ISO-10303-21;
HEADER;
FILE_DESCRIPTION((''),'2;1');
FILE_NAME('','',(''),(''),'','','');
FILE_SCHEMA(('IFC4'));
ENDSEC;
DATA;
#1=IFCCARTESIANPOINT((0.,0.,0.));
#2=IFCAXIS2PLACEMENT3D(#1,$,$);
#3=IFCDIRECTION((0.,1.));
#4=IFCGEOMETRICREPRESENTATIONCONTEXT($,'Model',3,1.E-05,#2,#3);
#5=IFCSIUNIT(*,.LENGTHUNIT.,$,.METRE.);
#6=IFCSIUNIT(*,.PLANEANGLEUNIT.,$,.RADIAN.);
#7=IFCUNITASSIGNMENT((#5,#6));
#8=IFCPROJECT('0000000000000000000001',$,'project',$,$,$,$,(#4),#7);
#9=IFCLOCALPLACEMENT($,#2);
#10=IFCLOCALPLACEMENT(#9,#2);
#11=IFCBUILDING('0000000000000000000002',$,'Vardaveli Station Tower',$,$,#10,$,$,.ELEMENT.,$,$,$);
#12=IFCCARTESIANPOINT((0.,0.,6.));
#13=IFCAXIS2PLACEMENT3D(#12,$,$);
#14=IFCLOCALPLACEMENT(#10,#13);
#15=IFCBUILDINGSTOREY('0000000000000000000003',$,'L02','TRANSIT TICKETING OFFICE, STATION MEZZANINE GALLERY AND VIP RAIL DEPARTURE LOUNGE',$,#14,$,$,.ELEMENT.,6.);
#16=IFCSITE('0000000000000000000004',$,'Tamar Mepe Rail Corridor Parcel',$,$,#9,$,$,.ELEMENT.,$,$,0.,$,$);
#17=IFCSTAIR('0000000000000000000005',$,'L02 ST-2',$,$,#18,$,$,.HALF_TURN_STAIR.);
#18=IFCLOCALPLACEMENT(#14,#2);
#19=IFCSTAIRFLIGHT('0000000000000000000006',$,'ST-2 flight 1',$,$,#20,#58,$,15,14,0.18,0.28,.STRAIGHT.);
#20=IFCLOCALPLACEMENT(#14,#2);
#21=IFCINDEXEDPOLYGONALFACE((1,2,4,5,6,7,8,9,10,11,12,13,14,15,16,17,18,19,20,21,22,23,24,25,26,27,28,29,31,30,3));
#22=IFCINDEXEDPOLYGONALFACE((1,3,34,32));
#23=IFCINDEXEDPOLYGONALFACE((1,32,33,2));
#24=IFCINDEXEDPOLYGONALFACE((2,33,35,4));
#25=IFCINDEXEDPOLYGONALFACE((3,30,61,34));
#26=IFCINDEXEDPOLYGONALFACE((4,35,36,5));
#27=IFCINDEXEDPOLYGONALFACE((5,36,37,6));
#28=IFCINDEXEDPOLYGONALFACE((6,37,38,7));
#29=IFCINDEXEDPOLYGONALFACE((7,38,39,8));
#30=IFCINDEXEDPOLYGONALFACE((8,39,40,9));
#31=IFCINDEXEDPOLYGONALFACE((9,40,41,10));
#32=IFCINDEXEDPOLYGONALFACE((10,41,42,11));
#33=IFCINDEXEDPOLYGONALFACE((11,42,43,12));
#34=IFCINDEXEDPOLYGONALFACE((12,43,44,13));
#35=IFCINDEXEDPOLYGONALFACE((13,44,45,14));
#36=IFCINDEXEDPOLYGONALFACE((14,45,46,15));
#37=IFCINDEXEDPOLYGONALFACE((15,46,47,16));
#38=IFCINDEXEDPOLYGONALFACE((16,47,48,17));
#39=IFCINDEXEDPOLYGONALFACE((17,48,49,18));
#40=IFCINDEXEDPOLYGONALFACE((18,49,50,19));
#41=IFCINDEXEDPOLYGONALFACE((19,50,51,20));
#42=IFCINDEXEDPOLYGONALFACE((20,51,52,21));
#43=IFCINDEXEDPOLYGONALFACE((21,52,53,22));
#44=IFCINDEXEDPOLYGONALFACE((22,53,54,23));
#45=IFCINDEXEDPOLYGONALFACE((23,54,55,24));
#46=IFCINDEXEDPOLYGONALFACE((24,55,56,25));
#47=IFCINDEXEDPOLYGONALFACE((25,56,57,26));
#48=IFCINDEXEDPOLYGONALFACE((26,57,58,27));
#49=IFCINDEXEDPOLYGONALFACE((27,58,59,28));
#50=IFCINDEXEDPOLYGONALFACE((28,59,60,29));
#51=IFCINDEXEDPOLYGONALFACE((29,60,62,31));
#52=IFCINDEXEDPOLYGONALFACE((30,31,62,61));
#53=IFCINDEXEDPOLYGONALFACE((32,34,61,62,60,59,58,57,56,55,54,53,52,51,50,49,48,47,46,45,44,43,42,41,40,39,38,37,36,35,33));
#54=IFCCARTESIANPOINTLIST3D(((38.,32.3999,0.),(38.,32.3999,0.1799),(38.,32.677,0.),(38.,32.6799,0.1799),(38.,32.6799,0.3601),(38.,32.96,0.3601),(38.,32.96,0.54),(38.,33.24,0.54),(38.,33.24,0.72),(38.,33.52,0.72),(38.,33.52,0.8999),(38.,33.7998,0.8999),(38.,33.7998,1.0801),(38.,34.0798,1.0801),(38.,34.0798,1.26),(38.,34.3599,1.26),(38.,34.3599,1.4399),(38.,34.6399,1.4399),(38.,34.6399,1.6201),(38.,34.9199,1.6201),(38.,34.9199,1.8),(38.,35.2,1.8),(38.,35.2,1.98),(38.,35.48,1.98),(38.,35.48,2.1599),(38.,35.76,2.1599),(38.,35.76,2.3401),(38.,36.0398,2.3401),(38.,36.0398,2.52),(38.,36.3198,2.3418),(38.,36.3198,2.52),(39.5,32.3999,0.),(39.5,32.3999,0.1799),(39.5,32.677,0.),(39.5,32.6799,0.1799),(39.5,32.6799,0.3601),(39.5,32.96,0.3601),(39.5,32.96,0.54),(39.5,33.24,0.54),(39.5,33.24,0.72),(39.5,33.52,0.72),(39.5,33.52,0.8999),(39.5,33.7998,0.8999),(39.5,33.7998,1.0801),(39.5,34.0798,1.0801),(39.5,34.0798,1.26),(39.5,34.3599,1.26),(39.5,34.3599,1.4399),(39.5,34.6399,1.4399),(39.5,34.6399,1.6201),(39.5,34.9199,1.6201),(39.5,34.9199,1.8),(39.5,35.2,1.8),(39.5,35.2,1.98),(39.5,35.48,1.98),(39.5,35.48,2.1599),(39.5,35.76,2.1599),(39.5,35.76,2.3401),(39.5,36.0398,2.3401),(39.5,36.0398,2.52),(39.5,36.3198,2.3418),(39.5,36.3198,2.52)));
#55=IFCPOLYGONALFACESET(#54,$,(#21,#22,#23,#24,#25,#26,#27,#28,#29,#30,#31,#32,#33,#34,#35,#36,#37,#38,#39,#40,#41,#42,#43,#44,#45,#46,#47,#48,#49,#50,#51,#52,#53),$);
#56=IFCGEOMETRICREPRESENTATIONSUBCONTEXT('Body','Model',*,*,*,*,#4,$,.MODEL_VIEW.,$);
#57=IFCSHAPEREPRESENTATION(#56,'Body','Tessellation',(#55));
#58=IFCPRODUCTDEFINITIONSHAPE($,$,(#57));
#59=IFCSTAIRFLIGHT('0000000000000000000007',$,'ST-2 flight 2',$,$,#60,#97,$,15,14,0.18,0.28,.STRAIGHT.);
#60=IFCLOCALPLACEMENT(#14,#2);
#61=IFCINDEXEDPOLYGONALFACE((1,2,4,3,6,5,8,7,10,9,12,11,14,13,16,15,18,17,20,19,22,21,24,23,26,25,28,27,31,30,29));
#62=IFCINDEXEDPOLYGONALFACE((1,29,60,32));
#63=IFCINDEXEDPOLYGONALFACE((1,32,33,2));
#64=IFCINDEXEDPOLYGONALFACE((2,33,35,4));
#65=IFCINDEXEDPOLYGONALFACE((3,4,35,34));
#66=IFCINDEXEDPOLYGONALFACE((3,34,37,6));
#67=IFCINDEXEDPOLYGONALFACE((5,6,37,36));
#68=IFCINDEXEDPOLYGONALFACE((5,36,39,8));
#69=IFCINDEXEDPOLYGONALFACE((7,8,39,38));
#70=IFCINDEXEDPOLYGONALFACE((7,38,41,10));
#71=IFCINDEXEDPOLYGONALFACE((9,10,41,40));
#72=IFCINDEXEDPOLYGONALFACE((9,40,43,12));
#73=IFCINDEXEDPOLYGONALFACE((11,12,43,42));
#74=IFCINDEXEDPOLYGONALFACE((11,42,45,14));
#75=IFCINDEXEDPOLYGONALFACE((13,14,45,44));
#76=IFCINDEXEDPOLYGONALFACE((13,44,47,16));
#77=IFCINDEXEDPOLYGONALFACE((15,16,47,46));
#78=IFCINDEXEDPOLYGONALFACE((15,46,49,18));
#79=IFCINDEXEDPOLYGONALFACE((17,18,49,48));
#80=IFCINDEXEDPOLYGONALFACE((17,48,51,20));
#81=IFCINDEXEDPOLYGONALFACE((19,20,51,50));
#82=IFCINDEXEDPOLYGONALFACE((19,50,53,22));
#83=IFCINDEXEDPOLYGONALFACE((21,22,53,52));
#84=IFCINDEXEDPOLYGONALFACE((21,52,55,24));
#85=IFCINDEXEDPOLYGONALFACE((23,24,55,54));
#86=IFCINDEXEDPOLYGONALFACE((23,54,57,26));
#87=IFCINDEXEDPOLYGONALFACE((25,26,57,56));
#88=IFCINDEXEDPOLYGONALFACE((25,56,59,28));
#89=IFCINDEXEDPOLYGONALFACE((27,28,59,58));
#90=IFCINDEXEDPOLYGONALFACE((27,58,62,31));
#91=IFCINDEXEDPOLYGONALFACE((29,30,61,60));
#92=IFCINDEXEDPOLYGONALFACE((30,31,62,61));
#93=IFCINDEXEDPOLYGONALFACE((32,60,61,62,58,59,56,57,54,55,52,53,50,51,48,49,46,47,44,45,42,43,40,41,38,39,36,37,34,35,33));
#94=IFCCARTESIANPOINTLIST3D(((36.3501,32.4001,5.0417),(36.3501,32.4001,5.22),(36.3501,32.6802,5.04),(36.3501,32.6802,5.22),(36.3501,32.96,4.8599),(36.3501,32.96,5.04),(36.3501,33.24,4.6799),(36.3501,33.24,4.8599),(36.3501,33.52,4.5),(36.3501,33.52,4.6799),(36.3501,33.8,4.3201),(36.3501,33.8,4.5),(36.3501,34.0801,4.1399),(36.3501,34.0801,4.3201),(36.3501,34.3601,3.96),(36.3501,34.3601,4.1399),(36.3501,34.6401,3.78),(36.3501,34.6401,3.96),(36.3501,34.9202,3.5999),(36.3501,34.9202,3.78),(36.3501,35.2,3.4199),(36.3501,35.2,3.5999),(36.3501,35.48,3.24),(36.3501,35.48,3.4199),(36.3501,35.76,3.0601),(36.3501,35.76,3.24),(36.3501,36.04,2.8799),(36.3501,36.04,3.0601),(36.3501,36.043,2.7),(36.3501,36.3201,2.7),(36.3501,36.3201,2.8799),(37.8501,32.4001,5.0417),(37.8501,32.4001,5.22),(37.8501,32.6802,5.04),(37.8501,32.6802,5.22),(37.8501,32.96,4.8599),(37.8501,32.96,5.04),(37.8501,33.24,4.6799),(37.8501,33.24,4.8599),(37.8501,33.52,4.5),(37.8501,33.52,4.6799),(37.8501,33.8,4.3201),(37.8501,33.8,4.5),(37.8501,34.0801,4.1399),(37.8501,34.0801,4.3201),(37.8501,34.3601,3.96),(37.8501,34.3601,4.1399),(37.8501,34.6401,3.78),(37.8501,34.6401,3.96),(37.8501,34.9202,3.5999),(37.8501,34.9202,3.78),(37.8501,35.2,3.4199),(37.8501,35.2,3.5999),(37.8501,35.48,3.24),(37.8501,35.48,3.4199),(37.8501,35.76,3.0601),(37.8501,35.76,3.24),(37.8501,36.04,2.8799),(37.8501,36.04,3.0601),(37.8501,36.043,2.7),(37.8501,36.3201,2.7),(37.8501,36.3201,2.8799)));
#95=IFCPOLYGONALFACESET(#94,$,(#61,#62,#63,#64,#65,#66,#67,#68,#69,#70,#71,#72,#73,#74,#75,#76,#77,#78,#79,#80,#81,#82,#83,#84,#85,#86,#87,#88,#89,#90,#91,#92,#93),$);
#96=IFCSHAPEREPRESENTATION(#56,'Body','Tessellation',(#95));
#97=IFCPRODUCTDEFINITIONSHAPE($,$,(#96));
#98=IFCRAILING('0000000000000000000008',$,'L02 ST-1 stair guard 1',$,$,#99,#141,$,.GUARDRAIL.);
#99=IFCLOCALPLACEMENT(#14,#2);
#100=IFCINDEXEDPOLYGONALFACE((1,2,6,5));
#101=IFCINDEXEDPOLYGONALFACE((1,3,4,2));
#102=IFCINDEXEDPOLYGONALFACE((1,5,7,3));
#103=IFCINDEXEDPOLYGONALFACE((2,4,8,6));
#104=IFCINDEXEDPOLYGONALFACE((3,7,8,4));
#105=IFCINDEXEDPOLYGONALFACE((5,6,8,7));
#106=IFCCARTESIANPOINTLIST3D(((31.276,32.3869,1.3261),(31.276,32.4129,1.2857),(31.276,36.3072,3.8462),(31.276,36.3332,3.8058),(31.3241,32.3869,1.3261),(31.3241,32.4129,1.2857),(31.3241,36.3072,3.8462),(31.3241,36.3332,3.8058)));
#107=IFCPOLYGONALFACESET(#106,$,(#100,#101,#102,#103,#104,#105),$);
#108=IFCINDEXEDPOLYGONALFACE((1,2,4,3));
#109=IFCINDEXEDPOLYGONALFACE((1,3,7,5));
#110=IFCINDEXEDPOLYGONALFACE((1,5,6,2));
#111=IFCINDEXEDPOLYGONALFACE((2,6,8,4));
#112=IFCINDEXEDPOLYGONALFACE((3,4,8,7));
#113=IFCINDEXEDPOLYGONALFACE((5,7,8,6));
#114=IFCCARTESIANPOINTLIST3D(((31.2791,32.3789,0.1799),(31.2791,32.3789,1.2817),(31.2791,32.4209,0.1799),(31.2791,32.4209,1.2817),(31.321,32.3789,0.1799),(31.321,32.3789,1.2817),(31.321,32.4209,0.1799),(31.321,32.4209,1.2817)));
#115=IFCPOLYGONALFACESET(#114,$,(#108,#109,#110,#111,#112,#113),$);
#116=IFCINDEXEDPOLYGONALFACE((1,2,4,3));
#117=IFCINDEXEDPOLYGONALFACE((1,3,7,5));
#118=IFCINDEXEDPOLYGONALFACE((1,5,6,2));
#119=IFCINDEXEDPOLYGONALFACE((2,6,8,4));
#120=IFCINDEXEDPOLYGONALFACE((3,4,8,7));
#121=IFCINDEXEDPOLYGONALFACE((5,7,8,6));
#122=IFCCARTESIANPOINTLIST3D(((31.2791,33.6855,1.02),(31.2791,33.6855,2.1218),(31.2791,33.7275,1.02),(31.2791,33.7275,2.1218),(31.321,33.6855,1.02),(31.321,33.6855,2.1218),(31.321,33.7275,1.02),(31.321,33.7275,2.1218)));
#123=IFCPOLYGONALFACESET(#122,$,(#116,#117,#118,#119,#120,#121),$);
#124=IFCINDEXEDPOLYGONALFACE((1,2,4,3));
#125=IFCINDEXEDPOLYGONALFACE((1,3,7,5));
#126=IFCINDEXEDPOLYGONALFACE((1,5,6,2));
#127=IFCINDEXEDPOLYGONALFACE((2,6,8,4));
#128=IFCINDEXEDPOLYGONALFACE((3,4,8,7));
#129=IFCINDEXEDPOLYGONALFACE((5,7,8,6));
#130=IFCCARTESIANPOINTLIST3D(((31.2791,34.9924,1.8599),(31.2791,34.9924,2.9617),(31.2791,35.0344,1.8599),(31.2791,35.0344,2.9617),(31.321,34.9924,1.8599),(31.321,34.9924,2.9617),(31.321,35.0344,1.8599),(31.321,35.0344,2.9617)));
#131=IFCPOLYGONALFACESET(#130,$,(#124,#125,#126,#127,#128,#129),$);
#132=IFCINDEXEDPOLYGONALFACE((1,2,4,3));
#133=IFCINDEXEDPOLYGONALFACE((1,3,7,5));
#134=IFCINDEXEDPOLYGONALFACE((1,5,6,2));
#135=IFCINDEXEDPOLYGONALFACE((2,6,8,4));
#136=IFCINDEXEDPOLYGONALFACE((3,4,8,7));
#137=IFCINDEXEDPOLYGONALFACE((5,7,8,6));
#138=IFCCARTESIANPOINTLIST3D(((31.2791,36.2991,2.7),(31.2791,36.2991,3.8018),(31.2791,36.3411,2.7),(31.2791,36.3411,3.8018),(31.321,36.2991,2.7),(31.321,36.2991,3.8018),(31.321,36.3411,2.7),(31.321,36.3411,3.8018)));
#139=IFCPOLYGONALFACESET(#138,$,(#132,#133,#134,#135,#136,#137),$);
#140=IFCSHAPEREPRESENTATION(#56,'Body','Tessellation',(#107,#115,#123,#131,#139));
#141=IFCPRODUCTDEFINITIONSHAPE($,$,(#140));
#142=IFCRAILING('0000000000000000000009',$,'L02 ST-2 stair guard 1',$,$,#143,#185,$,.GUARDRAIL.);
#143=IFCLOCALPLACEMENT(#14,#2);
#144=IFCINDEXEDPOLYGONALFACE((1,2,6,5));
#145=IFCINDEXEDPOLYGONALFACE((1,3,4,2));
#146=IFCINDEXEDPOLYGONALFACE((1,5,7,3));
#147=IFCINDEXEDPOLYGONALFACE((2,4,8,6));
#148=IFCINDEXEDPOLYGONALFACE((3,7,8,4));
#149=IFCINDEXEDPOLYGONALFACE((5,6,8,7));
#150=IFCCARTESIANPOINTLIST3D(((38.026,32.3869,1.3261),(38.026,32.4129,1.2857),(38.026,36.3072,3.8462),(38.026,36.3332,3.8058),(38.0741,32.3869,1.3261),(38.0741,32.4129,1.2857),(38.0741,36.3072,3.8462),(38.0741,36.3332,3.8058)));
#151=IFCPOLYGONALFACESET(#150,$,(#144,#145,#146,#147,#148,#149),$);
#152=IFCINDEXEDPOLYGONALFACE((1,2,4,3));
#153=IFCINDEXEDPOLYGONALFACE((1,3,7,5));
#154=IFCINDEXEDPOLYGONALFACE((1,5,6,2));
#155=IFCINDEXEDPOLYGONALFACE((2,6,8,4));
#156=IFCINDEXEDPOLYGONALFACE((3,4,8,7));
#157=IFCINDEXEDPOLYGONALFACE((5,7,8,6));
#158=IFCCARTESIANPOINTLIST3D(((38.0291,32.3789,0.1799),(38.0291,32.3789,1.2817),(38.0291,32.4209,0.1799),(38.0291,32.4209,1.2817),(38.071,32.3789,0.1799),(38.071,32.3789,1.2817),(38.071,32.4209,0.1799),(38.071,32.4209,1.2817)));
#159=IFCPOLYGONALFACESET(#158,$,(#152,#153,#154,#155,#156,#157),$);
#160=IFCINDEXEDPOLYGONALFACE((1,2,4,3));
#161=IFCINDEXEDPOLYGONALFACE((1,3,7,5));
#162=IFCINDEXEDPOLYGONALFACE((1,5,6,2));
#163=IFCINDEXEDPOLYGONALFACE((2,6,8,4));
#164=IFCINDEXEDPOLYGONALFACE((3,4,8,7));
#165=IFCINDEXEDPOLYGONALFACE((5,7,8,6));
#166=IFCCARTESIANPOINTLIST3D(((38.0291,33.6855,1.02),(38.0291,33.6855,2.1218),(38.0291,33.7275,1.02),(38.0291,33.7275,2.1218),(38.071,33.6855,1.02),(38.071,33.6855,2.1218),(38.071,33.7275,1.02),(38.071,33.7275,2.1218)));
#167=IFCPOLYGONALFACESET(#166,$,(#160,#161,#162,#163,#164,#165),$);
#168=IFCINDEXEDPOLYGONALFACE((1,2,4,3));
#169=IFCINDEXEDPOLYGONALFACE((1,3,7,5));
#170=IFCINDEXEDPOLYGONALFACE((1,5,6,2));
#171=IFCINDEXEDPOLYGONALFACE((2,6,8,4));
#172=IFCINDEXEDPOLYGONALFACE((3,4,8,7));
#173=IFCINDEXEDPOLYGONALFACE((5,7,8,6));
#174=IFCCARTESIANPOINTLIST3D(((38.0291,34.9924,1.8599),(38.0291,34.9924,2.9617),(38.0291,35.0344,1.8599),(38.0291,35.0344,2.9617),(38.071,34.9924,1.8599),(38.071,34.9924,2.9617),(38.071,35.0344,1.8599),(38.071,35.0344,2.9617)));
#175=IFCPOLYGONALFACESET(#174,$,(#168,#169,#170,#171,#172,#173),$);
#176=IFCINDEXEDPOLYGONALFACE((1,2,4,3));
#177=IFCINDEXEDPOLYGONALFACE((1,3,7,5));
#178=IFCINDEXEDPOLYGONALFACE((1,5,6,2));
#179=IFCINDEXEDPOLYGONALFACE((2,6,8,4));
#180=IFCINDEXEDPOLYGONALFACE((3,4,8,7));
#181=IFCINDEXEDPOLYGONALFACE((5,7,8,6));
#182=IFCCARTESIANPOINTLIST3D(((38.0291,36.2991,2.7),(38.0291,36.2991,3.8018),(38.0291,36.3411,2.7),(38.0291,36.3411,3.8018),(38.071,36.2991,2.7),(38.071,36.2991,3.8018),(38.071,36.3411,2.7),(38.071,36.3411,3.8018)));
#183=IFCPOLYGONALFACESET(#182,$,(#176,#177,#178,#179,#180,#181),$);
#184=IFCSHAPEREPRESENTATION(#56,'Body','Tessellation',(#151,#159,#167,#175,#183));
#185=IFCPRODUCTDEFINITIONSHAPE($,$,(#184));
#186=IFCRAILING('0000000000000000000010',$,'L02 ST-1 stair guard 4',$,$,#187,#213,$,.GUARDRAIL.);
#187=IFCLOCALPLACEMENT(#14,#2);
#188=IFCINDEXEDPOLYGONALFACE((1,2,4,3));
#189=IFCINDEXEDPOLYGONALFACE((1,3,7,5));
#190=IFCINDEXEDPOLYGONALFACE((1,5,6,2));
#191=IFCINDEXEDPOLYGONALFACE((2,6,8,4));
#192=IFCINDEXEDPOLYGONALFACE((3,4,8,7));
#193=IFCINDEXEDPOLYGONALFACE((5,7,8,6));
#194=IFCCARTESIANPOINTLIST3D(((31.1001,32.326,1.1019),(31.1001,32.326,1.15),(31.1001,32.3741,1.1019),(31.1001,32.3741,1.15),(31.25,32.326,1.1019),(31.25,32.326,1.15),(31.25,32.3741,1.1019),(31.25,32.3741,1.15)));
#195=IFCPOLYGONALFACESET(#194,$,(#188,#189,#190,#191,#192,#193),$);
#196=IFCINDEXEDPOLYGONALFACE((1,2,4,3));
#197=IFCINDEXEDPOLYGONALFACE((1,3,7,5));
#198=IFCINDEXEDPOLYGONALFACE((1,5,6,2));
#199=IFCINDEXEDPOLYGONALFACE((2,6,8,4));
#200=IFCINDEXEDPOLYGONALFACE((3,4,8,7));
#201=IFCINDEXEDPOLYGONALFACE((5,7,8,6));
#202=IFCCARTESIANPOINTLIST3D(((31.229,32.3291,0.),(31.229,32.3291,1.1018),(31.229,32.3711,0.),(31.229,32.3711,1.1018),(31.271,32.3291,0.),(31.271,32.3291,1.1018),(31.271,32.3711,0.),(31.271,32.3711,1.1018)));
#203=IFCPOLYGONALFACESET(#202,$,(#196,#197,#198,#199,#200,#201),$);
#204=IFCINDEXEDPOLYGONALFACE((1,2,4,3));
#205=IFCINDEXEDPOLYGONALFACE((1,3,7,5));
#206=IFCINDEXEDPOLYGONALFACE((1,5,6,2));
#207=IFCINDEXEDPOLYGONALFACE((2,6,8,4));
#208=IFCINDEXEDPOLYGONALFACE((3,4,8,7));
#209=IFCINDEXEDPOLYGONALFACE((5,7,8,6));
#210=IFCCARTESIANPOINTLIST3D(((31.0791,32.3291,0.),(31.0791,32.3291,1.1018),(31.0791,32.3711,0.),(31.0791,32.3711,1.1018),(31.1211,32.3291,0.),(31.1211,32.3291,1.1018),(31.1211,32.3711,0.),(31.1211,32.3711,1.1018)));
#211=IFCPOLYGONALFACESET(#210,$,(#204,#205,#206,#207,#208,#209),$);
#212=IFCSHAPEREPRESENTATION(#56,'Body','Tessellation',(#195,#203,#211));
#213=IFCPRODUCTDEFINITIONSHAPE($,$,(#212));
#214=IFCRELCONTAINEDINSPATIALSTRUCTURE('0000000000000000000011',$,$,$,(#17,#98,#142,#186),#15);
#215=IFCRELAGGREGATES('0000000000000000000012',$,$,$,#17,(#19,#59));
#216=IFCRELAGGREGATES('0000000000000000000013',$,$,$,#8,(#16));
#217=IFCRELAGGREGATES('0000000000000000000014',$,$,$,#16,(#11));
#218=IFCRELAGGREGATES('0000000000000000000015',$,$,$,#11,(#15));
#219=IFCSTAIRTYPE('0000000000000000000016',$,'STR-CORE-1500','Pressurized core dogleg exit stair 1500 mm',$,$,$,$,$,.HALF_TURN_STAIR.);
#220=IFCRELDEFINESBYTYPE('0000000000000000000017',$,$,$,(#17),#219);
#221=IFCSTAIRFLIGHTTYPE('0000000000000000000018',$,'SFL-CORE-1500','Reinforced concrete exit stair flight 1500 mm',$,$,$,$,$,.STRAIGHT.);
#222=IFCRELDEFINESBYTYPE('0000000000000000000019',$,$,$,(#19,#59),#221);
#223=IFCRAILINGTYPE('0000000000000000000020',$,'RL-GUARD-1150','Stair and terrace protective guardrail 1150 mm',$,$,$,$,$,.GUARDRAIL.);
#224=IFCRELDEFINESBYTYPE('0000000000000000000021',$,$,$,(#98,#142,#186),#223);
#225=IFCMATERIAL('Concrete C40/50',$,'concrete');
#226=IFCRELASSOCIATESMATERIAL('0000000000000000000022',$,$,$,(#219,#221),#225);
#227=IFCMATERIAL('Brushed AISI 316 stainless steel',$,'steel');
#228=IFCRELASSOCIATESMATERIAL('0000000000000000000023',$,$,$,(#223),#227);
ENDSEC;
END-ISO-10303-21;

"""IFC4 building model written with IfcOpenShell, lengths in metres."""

from ifc_helpers import new_model, si_unit, direction, frame, origin, origin_2d, place, context, subcontext, project, spatial, polyline, rectangle, outline, extrude, source, transform, mapped, material, type_object, element, aggregate, save


model = new_model("IFC4")

# Units and contexts
model_context = context("Model", 3, precision=1e-05, world=origin(), true_north=direction((0.0, 1.0)))
body_context = subcontext(model_context, "Body", "Model", "MODEL_VIEW")
ifc_project = project(units=[si_unit("LENGTHUNIT", "METRE"), si_unit("PLANEANGLEUNIT", "RADIAN")], contexts=[model_context])

# Site, building, storey
site_placement = place(None, origin())
site = spatial("IfcSite", under=ifc_project, at=site_placement, Name="Tamar Mepe Rail Corridor Parcel", CompositionType="ELEMENT", RefElevation=0.0)
building_placement = place(site_placement, origin())
building = spatial("IfcBuilding", under=site, at=building_placement, Name="Vardaveli Station Tower", CompositionType="ELEMENT")
storey_placement = place(building_placement, frame((0.0, 0.0, 6.0)))
storey = spatial("IfcBuildingStorey", under=building, at=storey_placement, Name="L02", Description="TRANSIT TICKETING OFFICE, STATION MEZZANINE GALLERY AND VIP RAIL DEPARTURE LOUNGE", CompositionType="ELEMENT", Elevation=6.0)

# Shared definitions
ifc_material_1 = material(Name="Concrete C40/50", Category="concrete")

# Stair, stair flights
stair_type = type_object("IfcStairType", Name="STR-CORE-1500", Description="Pressurized core dogleg exit stair 1500 mm", PredefinedType="HALF_TURN_STAIR", material=ifc_material_1)
stair_flight_type = type_object("IfcStairFlightType", Name="SFL-CORE-1500", Description="Reinforced concrete exit stair flight 1500 mm", PredefinedType="STRAIGHT", material=ifc_material_1)
shared_shape_1 = source(origin(), body_context, "Body", "SweptSolid", [
    extrude(outline(polyline([(0.0, 0.0), (0.0, 0.1799), (0.28, 0.1799), (0.28, 0.3601), (0.5601, 0.3601), (0.5601, 0.54), (0.8401, 0.54), (0.8401, 0.72), (1.1201, 0.72), (1.1201, 0.8999), (1.3999, 0.8999), (1.3999, 1.0801), (1.6799, 1.0801), (1.6799, 1.26), (1.96, 1.26), (1.96, 1.4399), (2.24, 1.4399), (2.24, 1.6201), (2.52, 1.6201), (2.52, 1.8), (2.8, 1.8), (2.8, 1.98), (3.0801, 1.98), (3.0801, 2.1599), (3.3601, 2.1599), (3.3601, 2.3401), (3.6399, 2.3401), (3.6399, 2.52), (3.9199, 2.52), (3.9199, 2.7), (3.9199, 2.3418), (0.2771, 0.0), (0.0, 0.0)])), frame((0.0, 0.75, 0.0), z_axis=(0.0, -1.0, 0.0), x_axis=(1.0, 0.0, 0.0)), (0.0, 0.0, 1.0), 1.5),
])
stair_1_placement = place(storey_placement, origin())
stair_1 = element("IfcStair", 1, at=stair_1_placement, inside=storey, type_object=stair_type, Name="L02 ST-2", PredefinedType="HALF_TURN_STAIR")
stair_flight_1_placement = place(storey_placement, frame((38.75, 32.3999, 0.0), z_axis=(0.0, 0.0, 1.0), x_axis=(0.0, 1.0, 0.0)))
stair_flight_1 = element("IfcStairFlight", 2, at=stair_flight_1_placement, type_object=stair_flight_type, Name="ST-2 flight 1", NumberOfRisers=15, NumberOfTreads=14, PredefinedType="STRAIGHT", RiserHeight=0.18, TreadLength=0.28, context=body_context, shape_type="MappedRepresentation", body=[
    mapped(shared_shape_1, transform((0.0, 0.0, 0.0), scale=1.0)),
])
stair_flight_2_placement = place(storey_placement, frame((37.1001, 36.3201, 2.7), z_axis=(0.0, 0.0, 1.0), x_axis=(0.0, -1.0, 0.0)))
stair_flight_2 = element("IfcStairFlight", 3, at=stair_flight_2_placement, type_object=stair_flight_type, Name="ST-2 flight 2", NumberOfRisers=15, NumberOfTreads=14, PredefinedType="STRAIGHT", RiserHeight=0.18, TreadLength=0.28, context=body_context, shape_type="MappedRepresentation", body=[
    mapped(shared_shape_1, transform((0.0, 0.0, 0.0), scale=1.0)),
])
aggregate(stair_1, [stair_flight_1, stair_flight_2])

# Railings
ifc_material_2 = material(Name="Brushed AISI 316 stainless steel", Category="steel")
railing_type_1 = type_object("IfcRailingType", Name="RL-GUARD-1150", Description="Stair and terrace protective guardrail 1150 mm", PredefinedType="GUARDRAIL", material=ifc_material_2)
shared_shape_2 = source(origin(), body_context, "Body", "SweptSolid", [
    extrude(rectangle(XDim=0.0481, YDim=0.0481, at=origin_2d()), frame((0.0, 0.0, 1.126), z_axis=(0.0, 0.841187, 0.540744), x_axis=(-1.0, 0.0, 0.0)), (0.0, 0.0, 1.0), 4.6604),
    extrude(rectangle(XDim=0.042, YDim=0.042, at=origin_2d()), origin(), (0.0, 0.0, 1.0), 1.1018),
    extrude(rectangle(XDim=0.042, YDim=0.042, at=origin_2d()), frame((0.0, 1.3066, 0.8401)), (0.0, 0.0, 1.0), 1.1018),
    extrude(rectangle(XDim=0.042, YDim=0.042, at=origin_2d()), frame((0.0, 2.6135, 1.6799)), (0.0, 0.0, 1.0), 1.1018),
    extrude(rectangle(XDim=0.042, YDim=0.042, at=origin_2d()), frame((0.0, 3.9202, 2.52)), (0.0, 0.0, 1.0), 1.1018),
])
for number, where, name in (
    (4, (31.3, 32.3999, 0.1799), "L02 ST-1 stair guard 1"),
    (5, (38.05, 32.3999, 0.1799), "L02 ST-2 stair guard 1"),
):
    element("IfcRailing", number, at=place(storey_placement, frame(where)), inside=storey, type_object=railing_type_1, Name=name, PredefinedType="GUARDRAIL", context=body_context, shape_type="MappedRepresentation", body=[
        mapped(shared_shape_2, transform((0.0, 0.0, 0.0), scale=1.0)),
    ])
shared_shape_3 = source(origin(), body_context, "Body", "SweptSolid", [
    extrude(rectangle(XDim=0.0481, YDim=0.0481, at=origin_2d()), frame((0.0, 0.0, 1.126), z_axis=(-1.0, 0.0, 0.0), x_axis=(0.0, -1.0, 0.0)), (0.0, 0.0, 1.0), 0.1499),
    extrude(rectangle(XDim=0.042, YDim=0.042, at=origin_2d()), origin(), (0.0, 0.0, 1.0), 1.1018),
    extrude(rectangle(XDim=0.042, YDim=0.042, at=origin_2d()), frame((-0.1499, 0.0, 0.0)), (0.0, 0.0, 1.0), 1.1018),
])
for number, where, name in (
    (6, (31.25, 32.3501, 0.0), "L02 ST-1 stair guard 4"),
):
    element("IfcRailing", number, at=place(storey_placement, frame(where)), inside=storey, type_object=railing_type_1, Name=name, PredefinedType="GUARDRAIL", context=body_context, shape_type="MappedRepresentation", body=[
        mapped(shared_shape_3, transform((0.0, 0.0, 0.0), scale=1.0)),
    ])

save(model, "model.ifc")
